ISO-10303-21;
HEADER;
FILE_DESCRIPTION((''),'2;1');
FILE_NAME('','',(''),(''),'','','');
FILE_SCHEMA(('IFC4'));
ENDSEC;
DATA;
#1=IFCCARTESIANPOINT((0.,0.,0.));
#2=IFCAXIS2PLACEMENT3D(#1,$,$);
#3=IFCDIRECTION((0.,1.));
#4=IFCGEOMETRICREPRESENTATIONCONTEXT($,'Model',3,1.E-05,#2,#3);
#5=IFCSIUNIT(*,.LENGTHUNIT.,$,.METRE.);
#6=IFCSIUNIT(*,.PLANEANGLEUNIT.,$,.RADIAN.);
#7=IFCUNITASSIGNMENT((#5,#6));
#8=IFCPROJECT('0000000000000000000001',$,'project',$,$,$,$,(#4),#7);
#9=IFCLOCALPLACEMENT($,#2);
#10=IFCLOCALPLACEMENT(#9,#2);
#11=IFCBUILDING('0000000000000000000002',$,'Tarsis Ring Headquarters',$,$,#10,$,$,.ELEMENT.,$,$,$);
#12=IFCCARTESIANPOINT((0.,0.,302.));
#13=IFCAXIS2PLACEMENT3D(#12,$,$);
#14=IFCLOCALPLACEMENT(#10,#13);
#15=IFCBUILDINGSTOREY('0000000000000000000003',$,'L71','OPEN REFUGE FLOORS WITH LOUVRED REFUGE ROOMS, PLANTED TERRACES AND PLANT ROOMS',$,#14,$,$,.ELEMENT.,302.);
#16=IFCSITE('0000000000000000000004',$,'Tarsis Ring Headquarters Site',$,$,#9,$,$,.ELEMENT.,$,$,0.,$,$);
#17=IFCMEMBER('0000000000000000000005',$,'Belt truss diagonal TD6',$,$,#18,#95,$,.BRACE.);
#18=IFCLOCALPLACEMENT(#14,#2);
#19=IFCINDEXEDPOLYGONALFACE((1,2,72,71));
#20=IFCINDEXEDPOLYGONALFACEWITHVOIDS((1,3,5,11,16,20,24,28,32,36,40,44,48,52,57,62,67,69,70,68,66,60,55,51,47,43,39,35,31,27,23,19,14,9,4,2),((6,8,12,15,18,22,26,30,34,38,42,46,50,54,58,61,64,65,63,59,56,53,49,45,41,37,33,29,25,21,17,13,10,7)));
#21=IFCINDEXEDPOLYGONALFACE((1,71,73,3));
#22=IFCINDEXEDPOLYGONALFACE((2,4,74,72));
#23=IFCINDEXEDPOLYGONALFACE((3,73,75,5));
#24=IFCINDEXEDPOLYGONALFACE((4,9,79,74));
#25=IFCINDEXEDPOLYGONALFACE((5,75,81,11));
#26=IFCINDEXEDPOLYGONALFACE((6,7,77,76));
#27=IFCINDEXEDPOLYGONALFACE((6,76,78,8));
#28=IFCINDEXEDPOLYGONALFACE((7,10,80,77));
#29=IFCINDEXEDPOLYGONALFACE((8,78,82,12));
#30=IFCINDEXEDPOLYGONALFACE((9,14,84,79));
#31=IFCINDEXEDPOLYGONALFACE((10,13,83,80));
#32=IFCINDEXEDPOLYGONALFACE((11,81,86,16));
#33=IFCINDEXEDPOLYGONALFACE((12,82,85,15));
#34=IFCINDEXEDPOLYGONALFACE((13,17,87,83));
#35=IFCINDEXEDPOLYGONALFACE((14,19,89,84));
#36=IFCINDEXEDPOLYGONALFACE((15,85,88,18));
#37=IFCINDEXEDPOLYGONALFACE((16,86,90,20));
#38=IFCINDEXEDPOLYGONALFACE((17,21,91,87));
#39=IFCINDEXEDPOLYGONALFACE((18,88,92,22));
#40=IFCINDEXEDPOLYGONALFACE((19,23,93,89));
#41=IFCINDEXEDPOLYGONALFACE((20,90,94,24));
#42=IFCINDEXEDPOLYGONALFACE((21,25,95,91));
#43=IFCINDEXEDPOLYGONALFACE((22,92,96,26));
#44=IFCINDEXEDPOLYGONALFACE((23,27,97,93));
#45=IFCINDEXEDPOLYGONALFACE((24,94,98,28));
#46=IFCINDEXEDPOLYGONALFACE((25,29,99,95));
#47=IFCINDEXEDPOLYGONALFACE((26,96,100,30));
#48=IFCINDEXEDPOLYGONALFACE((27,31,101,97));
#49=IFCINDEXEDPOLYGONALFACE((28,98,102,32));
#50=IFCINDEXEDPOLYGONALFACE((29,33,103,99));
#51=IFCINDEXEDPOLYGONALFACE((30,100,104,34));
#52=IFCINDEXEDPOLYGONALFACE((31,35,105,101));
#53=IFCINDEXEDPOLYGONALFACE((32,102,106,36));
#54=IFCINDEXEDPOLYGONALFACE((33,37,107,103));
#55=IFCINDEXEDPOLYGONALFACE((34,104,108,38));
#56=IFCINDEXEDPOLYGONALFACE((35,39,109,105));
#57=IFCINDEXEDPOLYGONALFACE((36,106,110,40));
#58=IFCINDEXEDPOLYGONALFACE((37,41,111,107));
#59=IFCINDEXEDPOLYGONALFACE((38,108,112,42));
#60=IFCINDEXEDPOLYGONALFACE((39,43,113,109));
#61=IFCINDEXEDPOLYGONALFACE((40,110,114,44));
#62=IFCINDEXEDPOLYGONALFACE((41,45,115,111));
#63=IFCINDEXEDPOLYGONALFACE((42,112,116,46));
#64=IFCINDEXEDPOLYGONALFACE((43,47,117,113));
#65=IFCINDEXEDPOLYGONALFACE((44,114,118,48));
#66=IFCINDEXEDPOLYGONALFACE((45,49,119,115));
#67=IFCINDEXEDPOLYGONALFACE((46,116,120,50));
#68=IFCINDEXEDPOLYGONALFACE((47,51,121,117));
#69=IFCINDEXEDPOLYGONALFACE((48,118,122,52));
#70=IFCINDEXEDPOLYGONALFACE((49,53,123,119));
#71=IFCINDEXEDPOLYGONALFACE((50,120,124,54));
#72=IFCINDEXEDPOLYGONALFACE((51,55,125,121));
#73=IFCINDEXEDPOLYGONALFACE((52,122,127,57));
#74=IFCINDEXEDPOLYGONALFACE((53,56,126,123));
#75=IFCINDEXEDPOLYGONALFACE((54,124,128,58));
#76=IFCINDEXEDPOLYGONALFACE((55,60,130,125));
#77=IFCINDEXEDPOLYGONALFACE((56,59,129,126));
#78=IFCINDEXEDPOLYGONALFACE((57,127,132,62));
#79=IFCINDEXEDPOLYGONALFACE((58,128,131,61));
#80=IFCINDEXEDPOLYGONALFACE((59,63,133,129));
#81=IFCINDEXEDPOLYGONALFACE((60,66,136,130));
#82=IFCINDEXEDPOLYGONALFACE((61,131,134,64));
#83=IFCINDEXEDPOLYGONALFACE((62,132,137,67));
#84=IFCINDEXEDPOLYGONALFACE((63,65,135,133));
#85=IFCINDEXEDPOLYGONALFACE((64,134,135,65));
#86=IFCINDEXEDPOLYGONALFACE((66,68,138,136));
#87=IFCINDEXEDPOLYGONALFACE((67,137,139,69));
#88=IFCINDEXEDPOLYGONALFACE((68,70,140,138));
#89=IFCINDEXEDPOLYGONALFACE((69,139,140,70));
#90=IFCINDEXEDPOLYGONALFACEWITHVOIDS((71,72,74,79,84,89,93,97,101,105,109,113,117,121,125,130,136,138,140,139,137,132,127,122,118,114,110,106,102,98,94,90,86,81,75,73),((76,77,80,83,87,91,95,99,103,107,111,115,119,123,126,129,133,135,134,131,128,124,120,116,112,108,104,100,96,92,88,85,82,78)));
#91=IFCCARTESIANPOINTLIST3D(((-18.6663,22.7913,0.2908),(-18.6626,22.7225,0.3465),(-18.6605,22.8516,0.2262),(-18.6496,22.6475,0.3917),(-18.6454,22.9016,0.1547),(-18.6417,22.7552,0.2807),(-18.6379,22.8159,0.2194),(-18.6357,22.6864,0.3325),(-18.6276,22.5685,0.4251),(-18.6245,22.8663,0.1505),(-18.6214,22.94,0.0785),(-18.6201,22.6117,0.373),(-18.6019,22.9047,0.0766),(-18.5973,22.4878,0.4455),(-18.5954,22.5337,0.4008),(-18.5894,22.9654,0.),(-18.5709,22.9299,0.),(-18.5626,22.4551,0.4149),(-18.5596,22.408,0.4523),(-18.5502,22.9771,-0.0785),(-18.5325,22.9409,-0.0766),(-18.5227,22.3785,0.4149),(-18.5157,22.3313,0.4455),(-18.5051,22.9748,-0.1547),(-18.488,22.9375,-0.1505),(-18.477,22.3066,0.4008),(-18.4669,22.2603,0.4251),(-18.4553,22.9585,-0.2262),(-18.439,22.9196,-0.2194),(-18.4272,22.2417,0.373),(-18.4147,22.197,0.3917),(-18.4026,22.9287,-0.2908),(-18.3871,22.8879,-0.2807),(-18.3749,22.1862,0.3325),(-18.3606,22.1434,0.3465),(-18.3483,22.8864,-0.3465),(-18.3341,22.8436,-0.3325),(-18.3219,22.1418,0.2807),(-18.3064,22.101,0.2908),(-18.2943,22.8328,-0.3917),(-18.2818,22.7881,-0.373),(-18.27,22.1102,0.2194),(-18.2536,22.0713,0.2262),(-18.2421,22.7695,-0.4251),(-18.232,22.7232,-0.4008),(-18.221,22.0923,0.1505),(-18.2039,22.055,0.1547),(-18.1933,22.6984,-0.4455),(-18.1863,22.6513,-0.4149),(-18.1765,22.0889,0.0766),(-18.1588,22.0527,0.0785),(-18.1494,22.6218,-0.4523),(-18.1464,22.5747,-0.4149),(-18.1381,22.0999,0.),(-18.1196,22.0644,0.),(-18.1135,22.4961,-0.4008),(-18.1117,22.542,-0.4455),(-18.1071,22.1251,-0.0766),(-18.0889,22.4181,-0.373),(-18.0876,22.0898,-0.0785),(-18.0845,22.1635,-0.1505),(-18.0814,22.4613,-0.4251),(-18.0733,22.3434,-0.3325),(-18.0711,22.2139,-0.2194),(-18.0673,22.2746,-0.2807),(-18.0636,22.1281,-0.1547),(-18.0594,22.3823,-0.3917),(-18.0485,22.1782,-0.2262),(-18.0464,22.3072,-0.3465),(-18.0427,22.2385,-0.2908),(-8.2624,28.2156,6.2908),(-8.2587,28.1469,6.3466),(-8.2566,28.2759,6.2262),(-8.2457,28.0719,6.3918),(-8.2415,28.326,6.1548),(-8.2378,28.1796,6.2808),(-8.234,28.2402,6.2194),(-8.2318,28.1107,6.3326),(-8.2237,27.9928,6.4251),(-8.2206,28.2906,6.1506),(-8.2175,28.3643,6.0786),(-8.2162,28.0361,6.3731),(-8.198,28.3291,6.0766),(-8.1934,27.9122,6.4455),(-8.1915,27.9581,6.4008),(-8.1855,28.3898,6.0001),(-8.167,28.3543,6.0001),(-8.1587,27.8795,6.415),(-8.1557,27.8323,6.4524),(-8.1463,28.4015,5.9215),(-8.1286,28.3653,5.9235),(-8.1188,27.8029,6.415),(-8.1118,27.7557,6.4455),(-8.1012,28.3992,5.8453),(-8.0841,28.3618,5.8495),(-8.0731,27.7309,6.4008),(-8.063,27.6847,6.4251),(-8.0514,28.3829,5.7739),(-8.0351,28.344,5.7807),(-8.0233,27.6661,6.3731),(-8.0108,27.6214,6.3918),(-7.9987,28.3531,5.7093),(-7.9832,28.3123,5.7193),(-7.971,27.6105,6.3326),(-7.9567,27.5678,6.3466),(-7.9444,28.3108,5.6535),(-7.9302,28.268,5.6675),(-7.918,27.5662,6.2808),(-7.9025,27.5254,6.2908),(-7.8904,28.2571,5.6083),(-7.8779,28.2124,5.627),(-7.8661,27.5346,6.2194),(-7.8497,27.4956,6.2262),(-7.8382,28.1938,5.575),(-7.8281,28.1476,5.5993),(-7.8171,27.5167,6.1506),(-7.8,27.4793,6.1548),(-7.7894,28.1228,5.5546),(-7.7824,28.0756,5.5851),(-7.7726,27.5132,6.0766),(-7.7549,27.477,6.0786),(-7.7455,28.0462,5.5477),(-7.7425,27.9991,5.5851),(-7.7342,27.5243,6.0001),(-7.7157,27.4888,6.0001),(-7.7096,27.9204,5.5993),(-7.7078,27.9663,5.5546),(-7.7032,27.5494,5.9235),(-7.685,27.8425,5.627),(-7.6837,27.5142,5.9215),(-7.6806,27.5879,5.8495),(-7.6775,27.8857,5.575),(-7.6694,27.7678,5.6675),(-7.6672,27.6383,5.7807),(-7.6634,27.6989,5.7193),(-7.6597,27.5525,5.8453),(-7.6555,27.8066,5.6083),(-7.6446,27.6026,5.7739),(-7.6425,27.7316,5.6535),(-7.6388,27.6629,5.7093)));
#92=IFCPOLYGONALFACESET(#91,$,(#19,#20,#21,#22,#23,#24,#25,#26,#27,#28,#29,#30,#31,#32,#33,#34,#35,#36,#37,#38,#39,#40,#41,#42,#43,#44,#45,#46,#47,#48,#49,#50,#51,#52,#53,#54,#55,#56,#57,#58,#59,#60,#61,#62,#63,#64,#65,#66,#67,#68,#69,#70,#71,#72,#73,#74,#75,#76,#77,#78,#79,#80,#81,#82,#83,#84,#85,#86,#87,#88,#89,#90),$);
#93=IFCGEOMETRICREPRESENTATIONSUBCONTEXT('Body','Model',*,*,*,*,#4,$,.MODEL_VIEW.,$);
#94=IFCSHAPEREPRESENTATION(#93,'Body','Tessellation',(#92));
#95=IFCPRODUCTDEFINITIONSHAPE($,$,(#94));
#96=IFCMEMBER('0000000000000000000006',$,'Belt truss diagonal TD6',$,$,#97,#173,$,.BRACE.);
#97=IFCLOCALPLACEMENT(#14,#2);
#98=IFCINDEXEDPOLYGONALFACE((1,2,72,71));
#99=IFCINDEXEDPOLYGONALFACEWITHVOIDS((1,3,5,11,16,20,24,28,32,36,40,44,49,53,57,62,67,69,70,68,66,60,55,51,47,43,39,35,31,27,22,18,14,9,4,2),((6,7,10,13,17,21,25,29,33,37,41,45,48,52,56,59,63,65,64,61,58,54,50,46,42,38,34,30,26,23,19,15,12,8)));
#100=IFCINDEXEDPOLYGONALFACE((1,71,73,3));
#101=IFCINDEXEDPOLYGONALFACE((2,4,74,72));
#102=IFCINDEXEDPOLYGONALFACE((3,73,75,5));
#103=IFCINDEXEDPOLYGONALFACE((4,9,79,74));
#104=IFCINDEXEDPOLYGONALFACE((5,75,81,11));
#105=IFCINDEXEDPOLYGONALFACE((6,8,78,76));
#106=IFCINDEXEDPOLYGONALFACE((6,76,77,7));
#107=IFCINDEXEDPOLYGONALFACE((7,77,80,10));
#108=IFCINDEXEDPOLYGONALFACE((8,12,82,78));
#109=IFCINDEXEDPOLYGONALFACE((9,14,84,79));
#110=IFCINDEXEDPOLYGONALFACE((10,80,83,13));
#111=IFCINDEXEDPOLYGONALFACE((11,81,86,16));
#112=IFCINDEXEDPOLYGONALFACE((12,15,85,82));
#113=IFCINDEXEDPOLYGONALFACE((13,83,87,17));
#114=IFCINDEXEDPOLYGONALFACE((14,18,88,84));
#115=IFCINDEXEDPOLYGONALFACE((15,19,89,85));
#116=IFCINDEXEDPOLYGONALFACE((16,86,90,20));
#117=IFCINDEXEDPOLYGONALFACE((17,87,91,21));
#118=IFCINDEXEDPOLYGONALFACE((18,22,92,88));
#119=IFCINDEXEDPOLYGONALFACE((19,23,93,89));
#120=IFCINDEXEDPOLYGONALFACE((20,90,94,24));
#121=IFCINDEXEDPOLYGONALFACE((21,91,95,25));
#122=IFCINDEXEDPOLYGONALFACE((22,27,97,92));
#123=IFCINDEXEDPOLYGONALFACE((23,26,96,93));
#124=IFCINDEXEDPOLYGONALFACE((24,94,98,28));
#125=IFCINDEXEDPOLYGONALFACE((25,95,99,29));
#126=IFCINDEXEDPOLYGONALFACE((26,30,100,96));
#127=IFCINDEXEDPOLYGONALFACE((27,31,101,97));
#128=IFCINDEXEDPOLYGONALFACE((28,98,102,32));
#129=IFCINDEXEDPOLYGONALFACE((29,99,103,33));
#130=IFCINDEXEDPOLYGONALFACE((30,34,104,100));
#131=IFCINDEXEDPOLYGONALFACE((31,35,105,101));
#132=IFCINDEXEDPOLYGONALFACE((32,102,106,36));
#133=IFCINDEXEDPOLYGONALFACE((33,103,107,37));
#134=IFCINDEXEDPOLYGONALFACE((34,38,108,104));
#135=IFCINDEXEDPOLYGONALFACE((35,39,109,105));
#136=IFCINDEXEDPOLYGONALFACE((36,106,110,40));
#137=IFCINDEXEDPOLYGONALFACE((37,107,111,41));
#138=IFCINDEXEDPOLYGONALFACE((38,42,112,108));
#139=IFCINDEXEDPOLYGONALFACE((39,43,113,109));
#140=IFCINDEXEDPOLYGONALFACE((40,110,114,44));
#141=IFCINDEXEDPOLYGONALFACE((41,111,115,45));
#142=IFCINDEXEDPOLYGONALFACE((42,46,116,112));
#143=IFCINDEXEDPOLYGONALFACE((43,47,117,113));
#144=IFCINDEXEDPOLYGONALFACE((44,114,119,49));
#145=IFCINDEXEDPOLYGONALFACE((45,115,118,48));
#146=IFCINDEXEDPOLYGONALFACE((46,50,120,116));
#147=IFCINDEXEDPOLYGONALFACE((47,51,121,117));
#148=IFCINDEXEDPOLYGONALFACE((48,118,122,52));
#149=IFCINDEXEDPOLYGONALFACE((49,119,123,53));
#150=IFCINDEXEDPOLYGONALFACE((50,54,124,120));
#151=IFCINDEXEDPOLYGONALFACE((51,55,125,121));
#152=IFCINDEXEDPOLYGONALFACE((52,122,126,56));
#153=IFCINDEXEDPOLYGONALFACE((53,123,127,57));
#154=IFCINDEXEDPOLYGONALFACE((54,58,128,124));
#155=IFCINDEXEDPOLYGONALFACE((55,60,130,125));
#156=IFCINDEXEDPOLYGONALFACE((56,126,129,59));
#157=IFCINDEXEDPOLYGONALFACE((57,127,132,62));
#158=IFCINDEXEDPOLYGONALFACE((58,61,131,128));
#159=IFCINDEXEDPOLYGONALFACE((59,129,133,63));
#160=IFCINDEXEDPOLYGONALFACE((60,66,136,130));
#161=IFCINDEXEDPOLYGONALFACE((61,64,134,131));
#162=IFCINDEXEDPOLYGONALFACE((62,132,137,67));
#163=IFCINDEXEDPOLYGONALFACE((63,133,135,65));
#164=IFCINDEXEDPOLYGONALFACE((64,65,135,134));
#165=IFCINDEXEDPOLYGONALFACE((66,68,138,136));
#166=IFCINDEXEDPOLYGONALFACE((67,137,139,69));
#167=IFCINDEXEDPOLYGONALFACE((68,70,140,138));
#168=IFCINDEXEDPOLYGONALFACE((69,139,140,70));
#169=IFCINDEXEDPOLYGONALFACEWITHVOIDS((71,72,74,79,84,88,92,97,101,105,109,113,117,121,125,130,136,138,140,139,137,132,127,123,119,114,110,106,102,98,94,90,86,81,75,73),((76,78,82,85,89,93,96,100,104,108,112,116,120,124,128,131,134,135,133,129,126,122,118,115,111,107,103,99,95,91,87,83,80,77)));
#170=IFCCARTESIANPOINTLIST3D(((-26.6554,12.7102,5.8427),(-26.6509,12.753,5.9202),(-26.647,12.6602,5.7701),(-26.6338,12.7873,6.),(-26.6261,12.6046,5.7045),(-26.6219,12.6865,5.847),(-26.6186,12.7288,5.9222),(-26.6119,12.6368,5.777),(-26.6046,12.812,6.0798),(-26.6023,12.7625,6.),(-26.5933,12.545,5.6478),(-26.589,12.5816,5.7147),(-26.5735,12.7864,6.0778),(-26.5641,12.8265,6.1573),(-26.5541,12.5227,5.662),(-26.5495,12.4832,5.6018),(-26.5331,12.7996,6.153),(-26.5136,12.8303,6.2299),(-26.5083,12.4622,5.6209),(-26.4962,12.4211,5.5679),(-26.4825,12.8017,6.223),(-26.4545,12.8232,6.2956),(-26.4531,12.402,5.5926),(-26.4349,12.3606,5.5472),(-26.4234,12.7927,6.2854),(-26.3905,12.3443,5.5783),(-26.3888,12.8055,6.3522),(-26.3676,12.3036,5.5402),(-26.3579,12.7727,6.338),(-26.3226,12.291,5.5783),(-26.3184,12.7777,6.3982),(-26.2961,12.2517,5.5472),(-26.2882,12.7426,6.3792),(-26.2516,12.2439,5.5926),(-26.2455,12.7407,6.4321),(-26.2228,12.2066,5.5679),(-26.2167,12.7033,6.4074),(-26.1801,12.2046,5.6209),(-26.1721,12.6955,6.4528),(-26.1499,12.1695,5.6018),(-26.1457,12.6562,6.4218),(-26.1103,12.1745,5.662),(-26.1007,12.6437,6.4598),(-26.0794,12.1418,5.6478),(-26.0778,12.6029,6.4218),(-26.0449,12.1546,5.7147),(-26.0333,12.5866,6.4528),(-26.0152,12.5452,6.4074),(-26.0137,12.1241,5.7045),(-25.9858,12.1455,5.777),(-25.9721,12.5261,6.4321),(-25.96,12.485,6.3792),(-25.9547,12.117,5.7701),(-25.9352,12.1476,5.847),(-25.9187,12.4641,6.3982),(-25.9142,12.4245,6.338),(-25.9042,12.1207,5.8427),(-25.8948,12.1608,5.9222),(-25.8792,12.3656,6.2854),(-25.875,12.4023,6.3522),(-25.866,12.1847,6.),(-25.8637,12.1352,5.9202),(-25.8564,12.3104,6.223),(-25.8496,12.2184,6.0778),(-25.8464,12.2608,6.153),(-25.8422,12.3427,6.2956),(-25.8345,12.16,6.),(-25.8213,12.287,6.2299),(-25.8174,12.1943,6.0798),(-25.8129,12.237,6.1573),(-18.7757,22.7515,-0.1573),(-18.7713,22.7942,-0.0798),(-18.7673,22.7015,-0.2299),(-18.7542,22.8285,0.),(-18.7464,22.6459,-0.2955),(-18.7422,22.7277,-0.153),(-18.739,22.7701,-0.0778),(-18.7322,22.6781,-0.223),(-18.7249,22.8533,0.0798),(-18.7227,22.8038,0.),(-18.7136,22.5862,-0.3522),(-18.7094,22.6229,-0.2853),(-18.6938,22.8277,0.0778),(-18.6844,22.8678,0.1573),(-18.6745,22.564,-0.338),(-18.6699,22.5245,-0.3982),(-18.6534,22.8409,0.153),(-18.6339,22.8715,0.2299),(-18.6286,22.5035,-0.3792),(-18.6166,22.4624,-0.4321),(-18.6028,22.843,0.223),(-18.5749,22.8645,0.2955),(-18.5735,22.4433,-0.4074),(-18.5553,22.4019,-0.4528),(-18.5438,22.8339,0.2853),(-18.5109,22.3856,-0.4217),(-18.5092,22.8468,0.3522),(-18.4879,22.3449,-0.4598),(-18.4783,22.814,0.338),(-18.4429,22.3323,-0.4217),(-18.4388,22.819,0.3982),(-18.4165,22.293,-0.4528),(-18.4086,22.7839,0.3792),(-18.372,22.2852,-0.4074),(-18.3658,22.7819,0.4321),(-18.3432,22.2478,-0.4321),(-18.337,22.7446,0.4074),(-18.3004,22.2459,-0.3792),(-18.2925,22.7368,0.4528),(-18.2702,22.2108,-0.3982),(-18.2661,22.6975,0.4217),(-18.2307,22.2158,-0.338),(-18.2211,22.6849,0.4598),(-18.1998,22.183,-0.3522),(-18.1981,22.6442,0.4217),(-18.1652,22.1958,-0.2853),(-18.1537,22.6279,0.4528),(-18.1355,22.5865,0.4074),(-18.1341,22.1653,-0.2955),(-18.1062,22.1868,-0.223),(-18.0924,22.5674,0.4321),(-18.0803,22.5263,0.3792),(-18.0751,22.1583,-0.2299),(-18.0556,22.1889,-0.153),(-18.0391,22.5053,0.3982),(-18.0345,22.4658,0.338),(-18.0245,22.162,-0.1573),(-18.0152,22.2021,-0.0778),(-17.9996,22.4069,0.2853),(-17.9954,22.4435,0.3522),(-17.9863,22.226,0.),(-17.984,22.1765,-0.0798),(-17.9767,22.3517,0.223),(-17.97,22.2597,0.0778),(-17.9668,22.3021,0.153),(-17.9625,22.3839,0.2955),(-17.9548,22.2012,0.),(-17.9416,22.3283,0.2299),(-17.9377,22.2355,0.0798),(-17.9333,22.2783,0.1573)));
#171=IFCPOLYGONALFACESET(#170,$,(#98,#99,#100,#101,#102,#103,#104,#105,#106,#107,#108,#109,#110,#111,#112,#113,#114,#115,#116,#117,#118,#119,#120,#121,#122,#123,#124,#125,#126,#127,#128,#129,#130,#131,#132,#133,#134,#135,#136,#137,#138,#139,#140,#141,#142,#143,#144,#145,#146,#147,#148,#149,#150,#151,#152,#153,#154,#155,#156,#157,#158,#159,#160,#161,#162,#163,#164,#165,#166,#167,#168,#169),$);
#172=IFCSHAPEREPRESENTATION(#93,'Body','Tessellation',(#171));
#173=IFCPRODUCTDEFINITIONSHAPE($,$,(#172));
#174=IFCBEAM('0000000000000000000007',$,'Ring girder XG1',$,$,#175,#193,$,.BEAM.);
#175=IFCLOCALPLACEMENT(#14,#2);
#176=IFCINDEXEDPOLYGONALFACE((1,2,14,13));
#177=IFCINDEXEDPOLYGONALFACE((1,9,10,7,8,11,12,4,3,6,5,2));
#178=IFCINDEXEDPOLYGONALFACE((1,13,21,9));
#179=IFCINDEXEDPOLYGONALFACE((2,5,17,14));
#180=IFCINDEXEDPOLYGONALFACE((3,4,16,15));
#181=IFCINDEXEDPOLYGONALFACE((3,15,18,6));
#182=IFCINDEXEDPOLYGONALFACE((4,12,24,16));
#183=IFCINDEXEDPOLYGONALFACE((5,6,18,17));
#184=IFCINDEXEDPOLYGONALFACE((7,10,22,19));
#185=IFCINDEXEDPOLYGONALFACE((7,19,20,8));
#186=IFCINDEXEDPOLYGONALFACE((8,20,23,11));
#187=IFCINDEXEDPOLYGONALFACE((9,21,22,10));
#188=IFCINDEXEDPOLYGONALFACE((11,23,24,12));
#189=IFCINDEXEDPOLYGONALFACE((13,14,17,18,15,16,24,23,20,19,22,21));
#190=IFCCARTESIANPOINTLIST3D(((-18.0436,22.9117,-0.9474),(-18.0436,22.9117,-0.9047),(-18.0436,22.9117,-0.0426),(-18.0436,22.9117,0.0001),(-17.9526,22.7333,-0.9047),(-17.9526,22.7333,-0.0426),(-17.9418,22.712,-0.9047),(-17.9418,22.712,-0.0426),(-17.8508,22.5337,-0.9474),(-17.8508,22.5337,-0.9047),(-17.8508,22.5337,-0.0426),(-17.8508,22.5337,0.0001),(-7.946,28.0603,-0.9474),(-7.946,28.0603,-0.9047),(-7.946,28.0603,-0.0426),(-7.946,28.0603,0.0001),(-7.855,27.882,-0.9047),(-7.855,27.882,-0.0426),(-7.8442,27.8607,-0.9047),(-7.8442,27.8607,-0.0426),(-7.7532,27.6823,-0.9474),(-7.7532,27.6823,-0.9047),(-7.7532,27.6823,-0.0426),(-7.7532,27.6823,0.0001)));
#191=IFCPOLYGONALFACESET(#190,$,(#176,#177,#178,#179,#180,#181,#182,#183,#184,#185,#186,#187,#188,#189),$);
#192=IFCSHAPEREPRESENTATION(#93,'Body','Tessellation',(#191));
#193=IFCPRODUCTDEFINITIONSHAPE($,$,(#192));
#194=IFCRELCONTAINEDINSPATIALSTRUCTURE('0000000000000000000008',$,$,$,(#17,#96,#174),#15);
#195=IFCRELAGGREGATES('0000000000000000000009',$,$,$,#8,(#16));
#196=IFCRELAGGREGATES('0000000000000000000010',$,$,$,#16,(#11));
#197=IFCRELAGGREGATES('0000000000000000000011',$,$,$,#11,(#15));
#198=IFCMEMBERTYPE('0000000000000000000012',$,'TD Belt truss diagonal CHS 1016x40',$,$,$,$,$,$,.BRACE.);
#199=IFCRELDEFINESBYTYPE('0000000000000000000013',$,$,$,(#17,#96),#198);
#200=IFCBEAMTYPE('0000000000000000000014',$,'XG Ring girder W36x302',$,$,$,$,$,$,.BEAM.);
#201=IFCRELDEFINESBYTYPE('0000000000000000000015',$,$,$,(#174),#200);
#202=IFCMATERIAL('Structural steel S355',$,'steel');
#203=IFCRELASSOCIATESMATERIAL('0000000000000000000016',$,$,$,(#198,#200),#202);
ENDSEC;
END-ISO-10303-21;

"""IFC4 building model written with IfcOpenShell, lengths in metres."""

from ifc_helpers import new_model, si_unit, direction, frame, origin, origin_2d, place, context, subcontext, project, spatial, hollow_circle, i_section, extrude, material, material_profile, profile_set, type_object, element, save


model = new_model("IFC4")

# Units and contexts
model_context = context("Model", 3, precision=1e-05, world=origin(), true_north=direction((0.0, 1.0)))
body_context = subcontext(model_context, "Body", "Model", "MODEL_VIEW")
ifc_project = project(units=[si_unit("LENGTHUNIT", "METRE"), si_unit("PLANEANGLEUNIT", "RADIAN")], contexts=[model_context])

# Site, building, storey
site_placement = place(None, origin())
site = spatial("IfcSite", under=ifc_project, at=site_placement, Name="Tarsis Ring Headquarters Site", CompositionType="ELEMENT", RefElevation=0.0)
building_placement = place(site_placement, origin())
building = spatial("IfcBuilding", under=site, at=building_placement, Name="Tarsis Ring Headquarters", CompositionType="ELEMENT")
storey_placement = place(building_placement, frame((0.0, 0.0, 302.0)))
storey = spatial("IfcBuildingStorey", under=building, at=storey_placement, Name="L71", Description="OPEN REFUGE FLOORS WITH LOUVRED REFUGE ROOMS, PLANTED TERRACES AND PLANT ROOMS", CompositionType="ELEMENT", Elevation=302.0)

# Shared definitions
ifc_material_1 = material(Name="Structural steel S355", Category="steel")
ifc_material_profile_1 = material_profile(ifc_material_1, hollow_circle(Radius=0.5081, WallThickness=0.04, at=origin_2d()), Name="CHS 1016x40")
ifc_profile_set_1 = profile_set([ifc_material_profile_1], Name="Structural steel S355")

# Shared definitions
ifc_material_profile_2 = material_profile(ifc_material_1, i_section(OverallWidth=0.4243, OverallDepth=0.9475, WebThickness=0.0239, FlangeThickness=0.0427, at=origin_2d()), Name="W36x302")
ifc_profile_set_2 = profile_set([ifc_material_profile_2], Name="Structural steel S355")

# Members
member_type = type_object("IfcMemberType", Name="TD Belt truss diagonal CHS 1016x40", PredefinedType="BRACE", material=ifc_profile_set_1)
member_1_placement = place(storey_placement, frame((-18.3545, 22.5149, 0.0), z_axis=(0.789477, 0.411616, 0.455301), x_axis=(-0.462314, 0.886716, 0.0)))
element("IfcMember", 1, at=member_1_placement, inside=storey, type_object=member_type, Name="Belt truss diagonal TD6", PredefinedType="BRACE", context=body_context, shape_type="SweptSolid", body=[
    extrude(hollow_circle(Radius=0.5081, WallThickness=0.04, at=origin_2d()), origin(), (0.0, 0.0, 1.0), 13.1782),
])
member_2_placement = place(storey_placement, frame((-18.3545, 22.5149, 0.0), z_axis=(-0.558691, -0.711957, 0.425419), x_axis=(0.786696, -0.617341, 0.0)))
element("IfcMember", 2, at=member_2_placement, inside=storey, type_object=member_type, Name="Belt truss diagonal TD6", PredefinedType="BRACE", context=body_context, shape_type="SweptSolid", body=[
    extrude(hollow_circle(Radius=0.5081, WallThickness=0.04, at=origin_2d()), origin(), (0.0, 0.0, 1.0), 14.1038),
])

# Beam
beam_type_1 = type_object("IfcBeamType", Name="XG Ring girder W36x302", PredefinedType="BEAM", material=ifc_profile_set_2)
beam_1_placement = place(storey_placement, frame((-7.8496, 27.8713, -0.4736), z_axis=(-0.890876, -0.454247, 0.0), x_axis=(0.454247, -0.890876, 0.0)))
element("IfcBeam", 3, at=beam_1_placement, inside=storey, type_object=beam_type_1, Name="Ring girder XG1", PredefinedType="BEAM", context=body_context, shape_type="SweptSolid", body=[
    extrude(i_section(OverallWidth=0.4243, OverallDepth=0.9475, WebThickness=0.0239, FlangeThickness=0.0427, at=origin_2d()), origin(), (0.0, 0.0, 1.0), 11.3345),
])

save(model, "model.ifc")
